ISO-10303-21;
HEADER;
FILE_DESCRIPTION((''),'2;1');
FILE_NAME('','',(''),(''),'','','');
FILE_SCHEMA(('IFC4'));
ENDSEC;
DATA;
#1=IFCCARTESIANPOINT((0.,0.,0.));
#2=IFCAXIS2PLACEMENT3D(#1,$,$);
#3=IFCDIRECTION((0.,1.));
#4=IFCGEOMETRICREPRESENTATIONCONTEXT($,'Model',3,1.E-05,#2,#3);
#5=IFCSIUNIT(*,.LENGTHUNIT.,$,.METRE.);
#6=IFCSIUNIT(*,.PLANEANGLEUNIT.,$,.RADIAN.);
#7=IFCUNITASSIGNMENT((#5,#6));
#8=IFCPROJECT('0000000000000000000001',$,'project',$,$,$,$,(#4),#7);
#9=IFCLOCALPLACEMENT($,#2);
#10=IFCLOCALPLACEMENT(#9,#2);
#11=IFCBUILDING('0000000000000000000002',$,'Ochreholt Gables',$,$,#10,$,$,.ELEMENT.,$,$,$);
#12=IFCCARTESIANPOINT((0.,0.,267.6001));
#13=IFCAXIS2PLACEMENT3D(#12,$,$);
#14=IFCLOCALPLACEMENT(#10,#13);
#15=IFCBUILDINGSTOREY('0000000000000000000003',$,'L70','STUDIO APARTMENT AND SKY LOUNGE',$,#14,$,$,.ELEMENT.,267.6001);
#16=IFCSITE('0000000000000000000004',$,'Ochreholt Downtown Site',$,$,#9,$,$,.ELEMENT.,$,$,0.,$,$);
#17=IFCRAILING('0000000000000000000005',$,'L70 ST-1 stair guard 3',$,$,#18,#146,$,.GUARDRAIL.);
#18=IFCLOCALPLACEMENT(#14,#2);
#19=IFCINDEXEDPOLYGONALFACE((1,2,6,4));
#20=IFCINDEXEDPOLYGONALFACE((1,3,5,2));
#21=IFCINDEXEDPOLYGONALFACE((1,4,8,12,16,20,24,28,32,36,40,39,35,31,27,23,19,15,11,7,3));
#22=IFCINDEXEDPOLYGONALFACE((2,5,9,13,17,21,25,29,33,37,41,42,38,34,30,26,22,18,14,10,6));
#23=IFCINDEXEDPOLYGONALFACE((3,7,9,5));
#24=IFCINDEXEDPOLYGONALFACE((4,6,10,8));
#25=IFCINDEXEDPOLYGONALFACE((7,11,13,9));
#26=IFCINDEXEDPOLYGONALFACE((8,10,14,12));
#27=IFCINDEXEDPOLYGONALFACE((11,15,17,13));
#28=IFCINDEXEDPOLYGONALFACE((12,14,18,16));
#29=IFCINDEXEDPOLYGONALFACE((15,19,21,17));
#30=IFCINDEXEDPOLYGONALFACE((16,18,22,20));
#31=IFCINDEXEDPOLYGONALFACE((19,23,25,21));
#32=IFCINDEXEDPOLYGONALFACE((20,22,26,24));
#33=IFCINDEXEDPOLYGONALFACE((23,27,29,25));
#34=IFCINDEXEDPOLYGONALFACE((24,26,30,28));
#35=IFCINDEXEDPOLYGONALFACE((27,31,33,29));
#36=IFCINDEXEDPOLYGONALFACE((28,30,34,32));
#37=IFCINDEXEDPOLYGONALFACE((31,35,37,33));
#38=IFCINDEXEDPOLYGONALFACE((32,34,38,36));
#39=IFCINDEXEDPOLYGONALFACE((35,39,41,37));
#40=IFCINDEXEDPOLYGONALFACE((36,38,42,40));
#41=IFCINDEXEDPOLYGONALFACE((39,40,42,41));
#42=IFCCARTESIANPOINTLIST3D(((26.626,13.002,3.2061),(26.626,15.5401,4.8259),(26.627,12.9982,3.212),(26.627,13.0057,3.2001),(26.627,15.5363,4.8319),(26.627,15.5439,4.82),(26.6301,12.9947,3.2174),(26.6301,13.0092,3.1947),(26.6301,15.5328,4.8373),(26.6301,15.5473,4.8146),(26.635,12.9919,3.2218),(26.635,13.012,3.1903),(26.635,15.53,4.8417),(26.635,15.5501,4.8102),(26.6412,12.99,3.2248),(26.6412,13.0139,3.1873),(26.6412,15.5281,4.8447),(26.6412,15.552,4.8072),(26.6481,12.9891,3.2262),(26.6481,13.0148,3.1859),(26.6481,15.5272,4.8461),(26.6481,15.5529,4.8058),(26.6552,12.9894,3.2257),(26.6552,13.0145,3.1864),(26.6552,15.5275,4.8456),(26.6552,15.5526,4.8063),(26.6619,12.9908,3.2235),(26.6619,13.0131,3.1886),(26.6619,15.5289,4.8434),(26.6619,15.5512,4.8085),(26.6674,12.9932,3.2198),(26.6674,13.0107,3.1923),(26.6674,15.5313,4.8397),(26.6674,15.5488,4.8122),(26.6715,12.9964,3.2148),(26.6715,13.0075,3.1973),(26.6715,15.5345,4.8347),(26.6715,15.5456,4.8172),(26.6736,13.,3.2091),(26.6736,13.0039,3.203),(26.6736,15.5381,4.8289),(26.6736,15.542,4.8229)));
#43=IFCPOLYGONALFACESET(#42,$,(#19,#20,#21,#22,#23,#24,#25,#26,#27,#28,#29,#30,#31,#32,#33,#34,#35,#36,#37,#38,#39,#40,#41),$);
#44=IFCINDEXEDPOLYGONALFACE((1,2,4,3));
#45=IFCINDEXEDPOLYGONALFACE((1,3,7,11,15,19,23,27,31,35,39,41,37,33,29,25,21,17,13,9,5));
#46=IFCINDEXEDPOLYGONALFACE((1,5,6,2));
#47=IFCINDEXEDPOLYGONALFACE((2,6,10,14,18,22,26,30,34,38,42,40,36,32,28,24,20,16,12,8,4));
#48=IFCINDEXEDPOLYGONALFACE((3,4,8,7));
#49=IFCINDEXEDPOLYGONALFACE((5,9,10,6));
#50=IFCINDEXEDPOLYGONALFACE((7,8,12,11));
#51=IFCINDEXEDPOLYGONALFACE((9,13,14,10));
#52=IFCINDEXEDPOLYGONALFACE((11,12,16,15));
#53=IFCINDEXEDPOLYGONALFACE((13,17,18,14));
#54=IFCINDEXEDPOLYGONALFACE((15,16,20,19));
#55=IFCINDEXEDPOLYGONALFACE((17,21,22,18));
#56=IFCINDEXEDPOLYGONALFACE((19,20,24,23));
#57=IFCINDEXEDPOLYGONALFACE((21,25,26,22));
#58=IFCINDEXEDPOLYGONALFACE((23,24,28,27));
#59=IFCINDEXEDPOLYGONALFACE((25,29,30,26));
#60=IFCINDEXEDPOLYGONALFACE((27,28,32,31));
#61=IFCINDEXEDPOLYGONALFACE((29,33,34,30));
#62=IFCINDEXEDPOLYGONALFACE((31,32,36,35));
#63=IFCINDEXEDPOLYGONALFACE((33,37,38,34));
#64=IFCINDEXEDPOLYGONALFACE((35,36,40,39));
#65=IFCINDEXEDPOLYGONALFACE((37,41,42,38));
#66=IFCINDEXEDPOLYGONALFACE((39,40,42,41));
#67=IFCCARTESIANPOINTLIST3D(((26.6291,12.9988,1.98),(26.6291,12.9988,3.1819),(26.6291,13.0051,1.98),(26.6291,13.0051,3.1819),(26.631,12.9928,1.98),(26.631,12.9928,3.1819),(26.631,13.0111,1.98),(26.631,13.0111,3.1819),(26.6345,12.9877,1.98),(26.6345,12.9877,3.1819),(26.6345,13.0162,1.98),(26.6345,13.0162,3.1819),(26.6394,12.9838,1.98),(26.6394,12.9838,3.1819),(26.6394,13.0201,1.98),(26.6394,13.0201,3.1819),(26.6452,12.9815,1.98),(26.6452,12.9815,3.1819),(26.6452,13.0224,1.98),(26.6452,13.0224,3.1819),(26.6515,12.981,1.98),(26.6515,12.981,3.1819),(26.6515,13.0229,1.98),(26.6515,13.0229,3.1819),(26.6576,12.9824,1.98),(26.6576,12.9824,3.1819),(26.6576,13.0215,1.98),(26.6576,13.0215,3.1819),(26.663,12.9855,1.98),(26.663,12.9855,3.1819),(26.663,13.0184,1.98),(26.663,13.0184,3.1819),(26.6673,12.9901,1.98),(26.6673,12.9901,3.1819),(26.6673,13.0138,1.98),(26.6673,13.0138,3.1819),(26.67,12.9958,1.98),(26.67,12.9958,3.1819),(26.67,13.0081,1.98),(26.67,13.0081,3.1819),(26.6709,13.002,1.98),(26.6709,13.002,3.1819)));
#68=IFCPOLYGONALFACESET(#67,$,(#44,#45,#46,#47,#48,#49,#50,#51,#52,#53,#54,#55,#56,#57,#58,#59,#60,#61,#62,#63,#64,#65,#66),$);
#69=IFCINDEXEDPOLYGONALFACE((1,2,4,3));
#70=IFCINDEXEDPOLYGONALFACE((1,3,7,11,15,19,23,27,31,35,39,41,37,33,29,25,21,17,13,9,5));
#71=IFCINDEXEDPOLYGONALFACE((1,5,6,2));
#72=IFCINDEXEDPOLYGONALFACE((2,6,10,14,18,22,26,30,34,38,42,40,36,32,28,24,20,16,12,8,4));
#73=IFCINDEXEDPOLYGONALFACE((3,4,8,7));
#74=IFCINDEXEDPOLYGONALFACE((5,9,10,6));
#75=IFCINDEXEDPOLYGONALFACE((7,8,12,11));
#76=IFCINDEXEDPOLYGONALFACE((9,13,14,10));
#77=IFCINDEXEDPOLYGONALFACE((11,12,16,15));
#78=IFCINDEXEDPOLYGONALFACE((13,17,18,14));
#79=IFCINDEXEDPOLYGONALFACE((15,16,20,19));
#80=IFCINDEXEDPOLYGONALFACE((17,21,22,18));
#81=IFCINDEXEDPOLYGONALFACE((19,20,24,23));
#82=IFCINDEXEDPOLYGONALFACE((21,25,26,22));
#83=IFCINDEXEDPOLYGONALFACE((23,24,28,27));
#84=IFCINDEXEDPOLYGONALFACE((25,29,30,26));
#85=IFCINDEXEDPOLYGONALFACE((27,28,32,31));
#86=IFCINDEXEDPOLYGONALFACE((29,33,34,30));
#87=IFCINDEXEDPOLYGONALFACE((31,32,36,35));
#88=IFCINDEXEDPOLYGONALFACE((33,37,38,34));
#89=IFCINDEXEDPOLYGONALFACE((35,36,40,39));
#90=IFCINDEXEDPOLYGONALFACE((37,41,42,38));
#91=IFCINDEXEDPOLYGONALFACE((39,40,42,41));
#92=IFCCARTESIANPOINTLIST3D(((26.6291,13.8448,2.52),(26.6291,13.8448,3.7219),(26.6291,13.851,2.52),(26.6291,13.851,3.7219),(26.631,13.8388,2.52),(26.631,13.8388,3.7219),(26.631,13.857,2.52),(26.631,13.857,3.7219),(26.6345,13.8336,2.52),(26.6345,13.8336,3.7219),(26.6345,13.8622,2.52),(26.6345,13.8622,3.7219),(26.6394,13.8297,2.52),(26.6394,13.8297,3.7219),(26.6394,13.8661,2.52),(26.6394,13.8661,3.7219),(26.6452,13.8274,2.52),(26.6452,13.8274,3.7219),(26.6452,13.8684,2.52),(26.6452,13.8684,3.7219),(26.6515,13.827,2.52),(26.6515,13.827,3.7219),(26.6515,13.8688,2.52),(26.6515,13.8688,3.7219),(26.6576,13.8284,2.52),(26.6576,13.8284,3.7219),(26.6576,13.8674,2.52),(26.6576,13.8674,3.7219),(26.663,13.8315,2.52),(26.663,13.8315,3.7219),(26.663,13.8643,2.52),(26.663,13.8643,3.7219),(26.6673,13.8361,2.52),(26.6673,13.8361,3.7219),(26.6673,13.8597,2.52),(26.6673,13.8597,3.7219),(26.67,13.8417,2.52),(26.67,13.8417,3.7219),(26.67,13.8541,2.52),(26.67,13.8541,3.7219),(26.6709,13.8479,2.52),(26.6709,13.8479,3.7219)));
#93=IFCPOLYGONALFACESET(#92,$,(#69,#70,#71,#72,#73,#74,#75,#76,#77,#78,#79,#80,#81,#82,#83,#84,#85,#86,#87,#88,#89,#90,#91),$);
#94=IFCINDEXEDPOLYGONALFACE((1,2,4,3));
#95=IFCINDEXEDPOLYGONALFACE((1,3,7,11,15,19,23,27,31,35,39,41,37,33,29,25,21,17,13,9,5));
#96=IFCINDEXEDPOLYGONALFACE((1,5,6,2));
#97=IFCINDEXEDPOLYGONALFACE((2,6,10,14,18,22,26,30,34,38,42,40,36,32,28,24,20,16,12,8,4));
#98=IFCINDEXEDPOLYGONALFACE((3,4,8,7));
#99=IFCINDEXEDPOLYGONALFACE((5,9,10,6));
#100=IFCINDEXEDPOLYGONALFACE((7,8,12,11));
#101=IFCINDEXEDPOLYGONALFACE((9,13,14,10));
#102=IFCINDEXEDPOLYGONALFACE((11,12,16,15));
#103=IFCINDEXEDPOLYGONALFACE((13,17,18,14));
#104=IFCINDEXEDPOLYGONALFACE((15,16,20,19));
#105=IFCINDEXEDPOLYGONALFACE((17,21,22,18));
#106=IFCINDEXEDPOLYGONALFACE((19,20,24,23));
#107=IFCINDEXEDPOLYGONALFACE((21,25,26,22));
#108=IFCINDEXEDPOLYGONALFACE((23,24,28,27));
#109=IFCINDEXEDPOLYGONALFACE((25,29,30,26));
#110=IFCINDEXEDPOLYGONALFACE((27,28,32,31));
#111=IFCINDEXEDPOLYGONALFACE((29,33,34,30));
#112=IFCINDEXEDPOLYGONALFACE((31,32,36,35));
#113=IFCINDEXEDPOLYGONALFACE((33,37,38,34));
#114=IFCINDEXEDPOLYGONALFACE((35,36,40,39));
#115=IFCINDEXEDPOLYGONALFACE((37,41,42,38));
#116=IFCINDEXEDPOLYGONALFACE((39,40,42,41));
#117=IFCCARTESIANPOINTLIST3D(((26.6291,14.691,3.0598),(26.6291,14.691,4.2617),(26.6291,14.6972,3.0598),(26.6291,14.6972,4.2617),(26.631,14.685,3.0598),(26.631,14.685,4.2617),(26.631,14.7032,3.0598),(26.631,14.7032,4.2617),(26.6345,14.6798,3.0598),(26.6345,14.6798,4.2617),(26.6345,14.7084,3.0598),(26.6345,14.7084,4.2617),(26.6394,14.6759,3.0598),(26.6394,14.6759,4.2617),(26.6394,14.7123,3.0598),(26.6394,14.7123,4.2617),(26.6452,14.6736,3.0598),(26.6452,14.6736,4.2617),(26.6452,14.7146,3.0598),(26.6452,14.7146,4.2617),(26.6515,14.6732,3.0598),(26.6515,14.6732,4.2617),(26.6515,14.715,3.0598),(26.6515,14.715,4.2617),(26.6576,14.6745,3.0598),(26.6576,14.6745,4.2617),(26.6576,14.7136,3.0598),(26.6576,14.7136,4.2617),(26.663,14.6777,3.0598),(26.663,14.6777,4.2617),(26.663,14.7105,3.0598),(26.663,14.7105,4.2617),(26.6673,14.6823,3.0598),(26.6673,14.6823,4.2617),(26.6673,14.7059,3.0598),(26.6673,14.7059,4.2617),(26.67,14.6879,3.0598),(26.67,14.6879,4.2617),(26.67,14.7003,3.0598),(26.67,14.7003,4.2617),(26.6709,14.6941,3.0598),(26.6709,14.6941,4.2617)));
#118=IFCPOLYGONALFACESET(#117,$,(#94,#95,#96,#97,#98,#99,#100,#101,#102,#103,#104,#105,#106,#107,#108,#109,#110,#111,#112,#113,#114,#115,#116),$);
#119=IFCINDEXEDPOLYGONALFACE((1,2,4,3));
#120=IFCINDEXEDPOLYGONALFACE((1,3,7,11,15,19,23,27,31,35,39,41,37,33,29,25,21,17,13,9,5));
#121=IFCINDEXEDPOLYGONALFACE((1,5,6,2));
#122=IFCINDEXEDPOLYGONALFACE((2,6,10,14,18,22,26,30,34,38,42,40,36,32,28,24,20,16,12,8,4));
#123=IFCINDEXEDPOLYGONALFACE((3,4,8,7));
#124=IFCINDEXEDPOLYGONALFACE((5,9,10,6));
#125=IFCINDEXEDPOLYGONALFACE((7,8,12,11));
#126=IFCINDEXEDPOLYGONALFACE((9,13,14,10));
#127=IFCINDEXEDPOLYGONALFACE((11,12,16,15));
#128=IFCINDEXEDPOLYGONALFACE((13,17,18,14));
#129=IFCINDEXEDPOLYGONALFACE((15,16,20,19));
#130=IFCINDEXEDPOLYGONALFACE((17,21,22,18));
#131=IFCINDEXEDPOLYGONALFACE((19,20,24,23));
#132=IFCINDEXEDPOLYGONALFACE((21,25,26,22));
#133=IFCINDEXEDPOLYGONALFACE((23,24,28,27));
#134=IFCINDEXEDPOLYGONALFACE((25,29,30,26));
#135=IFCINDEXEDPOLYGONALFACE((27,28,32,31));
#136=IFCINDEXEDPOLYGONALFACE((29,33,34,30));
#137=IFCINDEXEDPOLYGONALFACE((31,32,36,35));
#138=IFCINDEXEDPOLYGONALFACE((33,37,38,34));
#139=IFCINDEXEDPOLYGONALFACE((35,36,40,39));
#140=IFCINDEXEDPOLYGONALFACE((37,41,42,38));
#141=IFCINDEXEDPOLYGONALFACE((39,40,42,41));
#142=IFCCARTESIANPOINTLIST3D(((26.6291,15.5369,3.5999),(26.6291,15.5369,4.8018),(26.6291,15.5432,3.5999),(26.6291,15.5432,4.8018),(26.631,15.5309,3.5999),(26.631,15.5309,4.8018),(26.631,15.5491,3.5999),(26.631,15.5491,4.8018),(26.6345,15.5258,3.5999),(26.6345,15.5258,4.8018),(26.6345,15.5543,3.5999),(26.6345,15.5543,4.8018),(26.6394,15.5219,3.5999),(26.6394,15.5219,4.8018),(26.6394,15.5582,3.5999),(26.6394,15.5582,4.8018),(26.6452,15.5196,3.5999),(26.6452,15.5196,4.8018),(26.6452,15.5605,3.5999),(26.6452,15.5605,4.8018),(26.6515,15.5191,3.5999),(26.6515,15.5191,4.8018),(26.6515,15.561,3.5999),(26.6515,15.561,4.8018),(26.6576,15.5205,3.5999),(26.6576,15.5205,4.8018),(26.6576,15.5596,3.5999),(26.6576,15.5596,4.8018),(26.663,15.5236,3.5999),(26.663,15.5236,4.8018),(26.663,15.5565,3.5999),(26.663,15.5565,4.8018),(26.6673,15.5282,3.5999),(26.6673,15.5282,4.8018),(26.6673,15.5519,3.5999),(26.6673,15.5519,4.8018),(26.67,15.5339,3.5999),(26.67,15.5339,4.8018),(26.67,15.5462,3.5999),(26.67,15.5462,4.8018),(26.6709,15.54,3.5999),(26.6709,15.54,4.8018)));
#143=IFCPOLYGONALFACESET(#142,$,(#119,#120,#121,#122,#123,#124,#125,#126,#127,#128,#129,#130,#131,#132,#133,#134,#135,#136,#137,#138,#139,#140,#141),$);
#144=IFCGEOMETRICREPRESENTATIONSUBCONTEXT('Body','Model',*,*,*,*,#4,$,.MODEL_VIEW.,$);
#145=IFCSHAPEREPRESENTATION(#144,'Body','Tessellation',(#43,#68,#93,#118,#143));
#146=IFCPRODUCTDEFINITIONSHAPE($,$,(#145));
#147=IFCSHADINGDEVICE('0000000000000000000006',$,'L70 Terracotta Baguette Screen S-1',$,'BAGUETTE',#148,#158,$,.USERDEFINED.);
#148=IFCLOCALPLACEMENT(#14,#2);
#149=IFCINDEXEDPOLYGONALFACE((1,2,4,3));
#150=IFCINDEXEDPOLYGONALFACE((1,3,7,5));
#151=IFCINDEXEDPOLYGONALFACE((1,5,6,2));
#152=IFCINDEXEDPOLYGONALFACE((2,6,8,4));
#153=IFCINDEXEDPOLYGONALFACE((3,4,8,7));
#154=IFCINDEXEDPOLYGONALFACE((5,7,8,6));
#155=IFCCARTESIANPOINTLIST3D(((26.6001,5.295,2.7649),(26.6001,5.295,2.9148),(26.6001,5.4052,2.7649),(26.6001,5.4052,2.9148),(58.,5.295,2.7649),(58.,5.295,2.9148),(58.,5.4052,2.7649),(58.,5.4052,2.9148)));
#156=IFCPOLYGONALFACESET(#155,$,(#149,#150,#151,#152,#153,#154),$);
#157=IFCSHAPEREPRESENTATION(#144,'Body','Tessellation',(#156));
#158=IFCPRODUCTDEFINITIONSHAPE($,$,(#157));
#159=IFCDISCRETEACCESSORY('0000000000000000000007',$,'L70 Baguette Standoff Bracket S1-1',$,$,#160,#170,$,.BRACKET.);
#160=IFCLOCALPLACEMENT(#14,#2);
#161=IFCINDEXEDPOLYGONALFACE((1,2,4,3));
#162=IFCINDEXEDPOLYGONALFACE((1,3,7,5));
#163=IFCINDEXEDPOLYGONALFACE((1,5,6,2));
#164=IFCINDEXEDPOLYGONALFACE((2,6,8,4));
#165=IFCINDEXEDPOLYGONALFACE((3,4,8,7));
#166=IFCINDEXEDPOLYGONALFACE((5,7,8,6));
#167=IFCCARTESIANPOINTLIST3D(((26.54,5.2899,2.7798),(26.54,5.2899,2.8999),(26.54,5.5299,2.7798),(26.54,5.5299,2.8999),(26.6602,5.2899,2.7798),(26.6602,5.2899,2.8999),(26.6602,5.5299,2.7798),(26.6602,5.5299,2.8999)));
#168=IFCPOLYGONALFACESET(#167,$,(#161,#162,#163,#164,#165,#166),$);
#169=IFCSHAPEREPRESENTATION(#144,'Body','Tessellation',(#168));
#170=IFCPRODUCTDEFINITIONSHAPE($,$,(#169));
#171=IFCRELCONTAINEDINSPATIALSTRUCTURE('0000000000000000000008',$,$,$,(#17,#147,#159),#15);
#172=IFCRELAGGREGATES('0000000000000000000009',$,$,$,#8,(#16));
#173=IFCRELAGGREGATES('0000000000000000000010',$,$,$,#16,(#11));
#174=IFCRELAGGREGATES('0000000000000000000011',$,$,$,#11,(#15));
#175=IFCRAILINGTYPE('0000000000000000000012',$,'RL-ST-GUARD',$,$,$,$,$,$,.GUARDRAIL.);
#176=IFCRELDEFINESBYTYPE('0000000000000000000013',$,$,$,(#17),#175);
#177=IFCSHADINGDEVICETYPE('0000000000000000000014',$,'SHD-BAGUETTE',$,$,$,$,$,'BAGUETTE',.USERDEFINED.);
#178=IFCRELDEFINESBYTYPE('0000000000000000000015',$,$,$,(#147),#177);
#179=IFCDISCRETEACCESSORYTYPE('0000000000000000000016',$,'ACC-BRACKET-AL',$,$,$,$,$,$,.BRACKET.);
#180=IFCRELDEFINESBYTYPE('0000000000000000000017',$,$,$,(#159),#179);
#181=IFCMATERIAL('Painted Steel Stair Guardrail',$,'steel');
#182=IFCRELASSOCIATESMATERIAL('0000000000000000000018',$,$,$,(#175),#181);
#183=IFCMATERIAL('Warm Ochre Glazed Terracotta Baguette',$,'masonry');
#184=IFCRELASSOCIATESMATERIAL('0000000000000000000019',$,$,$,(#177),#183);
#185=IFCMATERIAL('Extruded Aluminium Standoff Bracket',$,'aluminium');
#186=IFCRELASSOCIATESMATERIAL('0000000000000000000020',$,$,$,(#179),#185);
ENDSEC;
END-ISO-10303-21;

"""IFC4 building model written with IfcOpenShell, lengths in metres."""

from ifc_helpers import new_model, si_unit, direction, frame, origin, origin_2d, place, context, subcontext, project, spatial, rectangle, circle, extrude, material, material_profile, profile_set, type_object, element, save


model = new_model("IFC4")

# Units and contexts
model_context = context("Model", 3, precision=1e-05, world=origin(), true_north=direction((0.0, 1.0)))
body_context = subcontext(model_context, "Body", "Model", "MODEL_VIEW")
ifc_project = project(units=[si_unit("LENGTHUNIT", "METRE"), si_unit("PLANEANGLEUNIT", "RADIAN")], contexts=[model_context])

# Site, building, storey
site_placement = place(None, origin())
site = spatial("IfcSite", under=ifc_project, at=site_placement, Name="Ochreholt Downtown Site", CompositionType="ELEMENT", RefElevation=0.0)
building_placement = place(site_placement, origin())
building = spatial("IfcBuilding", under=site, at=building_placement, Name="Ochreholt Gables", CompositionType="ELEMENT")
storey_placement = place(building_placement, frame((0.0, 0.0, 267.6001)))
storey = spatial("IfcBuildingStorey", under=building, at=storey_placement, Name="L70", Description="STUDIO APARTMENT AND SKY LOUNGE", CompositionType="ELEMENT", Elevation=267.6001)

# Railing
ifc_material_1 = material(Name="Painted Steel Stair Guardrail", Category="steel")
railing_type = type_object("IfcRailingType", Name="RL-ST-GUARD", PredefinedType="GUARDRAIL", material=ifc_material_1)
railing_1_placement = place(storey_placement, frame((26.6499, 13.002, 1.98)))
element("IfcRailing", 1, at=railing_1_placement, inside=storey, type_object=railing_type, Name="L70 ST-1 stair guard 3", PredefinedType="GUARDRAIL", context=body_context, shape_type="SweptSolid", body=[
    extrude(circle(Radius=0.0239, at=origin_2d()), frame((0.0, 0.0, 1.2261), z_axis=(0.0, 0.84295, 0.537993), x_axis=(-1.0, 0.0, 0.0)), (0.0, 0.0, 1.0), 3.011),
    extrude(circle(Radius=0.021, at=origin_2d()), origin(), (0.0, 0.0, 1.0), 1.2019),
    extrude(circle(Radius=0.021, at=origin_2d()), frame((0.0, 0.8459, 0.54)), (0.0, 0.0, 1.0), 1.2019),
    extrude(circle(Radius=0.021, at=origin_2d()), frame((0.0, 1.6921, 1.0798)), (0.0, 0.0, 1.0), 1.2019),
    extrude(circle(Radius=0.021, at=origin_2d()), frame((0.0, 2.5381, 1.6199)), (0.0, 0.0, 1.0), 1.2019),
])

# Shading device
ifc_material_2 = material(Name="Warm Ochre Glazed Terracotta Baguette", Category="masonry")
ifc_material_profile_1 = material_profile(ifc_material_2, rectangle(XDim=0.1101, YDim=0.1499, at=origin_2d()), Name="TCBAG110X150")
ifc_profile_set_1 = profile_set([ifc_material_profile_1], Name="Warm Ochre Glazed Terracotta Baguette")
shading_device_type = type_object("IfcShadingDeviceType", Name="SHD-BAGUETTE", ElementType="BAGUETTE", PredefinedType="USERDEFINED", material=ifc_profile_set_1)
shading_device_placement = place(storey_placement, frame((26.6001, 5.3501, 2.8398), z_axis=(1.0, 0.0, 0.0), x_axis=(0.0, 1.0, 0.0)))
element("IfcShadingDevice", 2, at=shading_device_placement, inside=storey, type_object=shading_device_type, Name="L70 Terracotta Baguette Screen S-1", ObjectType="BAGUETTE", PredefinedType="USERDEFINED", context=body_context, shape_type="SweptSolid", body=[
    extrude(rectangle(XDim=0.1101, YDim=0.1499, at=origin_2d()), origin(), (0.0, 0.0, 1.0), 31.3999),
])

# Discrete accessory
ifc_material_3 = material(Name="Extruded Aluminium Standoff Bracket", Category="aluminium")
discrete_accessory_type = type_object("IfcDiscreteAccessoryType", Name="ACC-BRACKET-AL", PredefinedType="BRACKET", material=ifc_material_3)
discrete_accessory_placement = place(storey_placement, frame((26.6001, 5.4099, 2.7798), z_axis=(0.0, 0.0, 1.0), x_axis=(1.0, 0.0, 0.0)))
element("IfcDiscreteAccessory", 3, at=discrete_accessory_placement, inside=storey, type_object=discrete_accessory_type, Name="L70 Baguette Standoff Bracket S1-1", PredefinedType="BRACKET", context=body_context, shape_type="SweptSolid", body=[
    extrude(rectangle(XDim=0.1201, YDim=0.24, at=origin_2d()), origin(), (0.0, 0.0, 1.0), 0.1201),
])

save(model, "model.ifc")
